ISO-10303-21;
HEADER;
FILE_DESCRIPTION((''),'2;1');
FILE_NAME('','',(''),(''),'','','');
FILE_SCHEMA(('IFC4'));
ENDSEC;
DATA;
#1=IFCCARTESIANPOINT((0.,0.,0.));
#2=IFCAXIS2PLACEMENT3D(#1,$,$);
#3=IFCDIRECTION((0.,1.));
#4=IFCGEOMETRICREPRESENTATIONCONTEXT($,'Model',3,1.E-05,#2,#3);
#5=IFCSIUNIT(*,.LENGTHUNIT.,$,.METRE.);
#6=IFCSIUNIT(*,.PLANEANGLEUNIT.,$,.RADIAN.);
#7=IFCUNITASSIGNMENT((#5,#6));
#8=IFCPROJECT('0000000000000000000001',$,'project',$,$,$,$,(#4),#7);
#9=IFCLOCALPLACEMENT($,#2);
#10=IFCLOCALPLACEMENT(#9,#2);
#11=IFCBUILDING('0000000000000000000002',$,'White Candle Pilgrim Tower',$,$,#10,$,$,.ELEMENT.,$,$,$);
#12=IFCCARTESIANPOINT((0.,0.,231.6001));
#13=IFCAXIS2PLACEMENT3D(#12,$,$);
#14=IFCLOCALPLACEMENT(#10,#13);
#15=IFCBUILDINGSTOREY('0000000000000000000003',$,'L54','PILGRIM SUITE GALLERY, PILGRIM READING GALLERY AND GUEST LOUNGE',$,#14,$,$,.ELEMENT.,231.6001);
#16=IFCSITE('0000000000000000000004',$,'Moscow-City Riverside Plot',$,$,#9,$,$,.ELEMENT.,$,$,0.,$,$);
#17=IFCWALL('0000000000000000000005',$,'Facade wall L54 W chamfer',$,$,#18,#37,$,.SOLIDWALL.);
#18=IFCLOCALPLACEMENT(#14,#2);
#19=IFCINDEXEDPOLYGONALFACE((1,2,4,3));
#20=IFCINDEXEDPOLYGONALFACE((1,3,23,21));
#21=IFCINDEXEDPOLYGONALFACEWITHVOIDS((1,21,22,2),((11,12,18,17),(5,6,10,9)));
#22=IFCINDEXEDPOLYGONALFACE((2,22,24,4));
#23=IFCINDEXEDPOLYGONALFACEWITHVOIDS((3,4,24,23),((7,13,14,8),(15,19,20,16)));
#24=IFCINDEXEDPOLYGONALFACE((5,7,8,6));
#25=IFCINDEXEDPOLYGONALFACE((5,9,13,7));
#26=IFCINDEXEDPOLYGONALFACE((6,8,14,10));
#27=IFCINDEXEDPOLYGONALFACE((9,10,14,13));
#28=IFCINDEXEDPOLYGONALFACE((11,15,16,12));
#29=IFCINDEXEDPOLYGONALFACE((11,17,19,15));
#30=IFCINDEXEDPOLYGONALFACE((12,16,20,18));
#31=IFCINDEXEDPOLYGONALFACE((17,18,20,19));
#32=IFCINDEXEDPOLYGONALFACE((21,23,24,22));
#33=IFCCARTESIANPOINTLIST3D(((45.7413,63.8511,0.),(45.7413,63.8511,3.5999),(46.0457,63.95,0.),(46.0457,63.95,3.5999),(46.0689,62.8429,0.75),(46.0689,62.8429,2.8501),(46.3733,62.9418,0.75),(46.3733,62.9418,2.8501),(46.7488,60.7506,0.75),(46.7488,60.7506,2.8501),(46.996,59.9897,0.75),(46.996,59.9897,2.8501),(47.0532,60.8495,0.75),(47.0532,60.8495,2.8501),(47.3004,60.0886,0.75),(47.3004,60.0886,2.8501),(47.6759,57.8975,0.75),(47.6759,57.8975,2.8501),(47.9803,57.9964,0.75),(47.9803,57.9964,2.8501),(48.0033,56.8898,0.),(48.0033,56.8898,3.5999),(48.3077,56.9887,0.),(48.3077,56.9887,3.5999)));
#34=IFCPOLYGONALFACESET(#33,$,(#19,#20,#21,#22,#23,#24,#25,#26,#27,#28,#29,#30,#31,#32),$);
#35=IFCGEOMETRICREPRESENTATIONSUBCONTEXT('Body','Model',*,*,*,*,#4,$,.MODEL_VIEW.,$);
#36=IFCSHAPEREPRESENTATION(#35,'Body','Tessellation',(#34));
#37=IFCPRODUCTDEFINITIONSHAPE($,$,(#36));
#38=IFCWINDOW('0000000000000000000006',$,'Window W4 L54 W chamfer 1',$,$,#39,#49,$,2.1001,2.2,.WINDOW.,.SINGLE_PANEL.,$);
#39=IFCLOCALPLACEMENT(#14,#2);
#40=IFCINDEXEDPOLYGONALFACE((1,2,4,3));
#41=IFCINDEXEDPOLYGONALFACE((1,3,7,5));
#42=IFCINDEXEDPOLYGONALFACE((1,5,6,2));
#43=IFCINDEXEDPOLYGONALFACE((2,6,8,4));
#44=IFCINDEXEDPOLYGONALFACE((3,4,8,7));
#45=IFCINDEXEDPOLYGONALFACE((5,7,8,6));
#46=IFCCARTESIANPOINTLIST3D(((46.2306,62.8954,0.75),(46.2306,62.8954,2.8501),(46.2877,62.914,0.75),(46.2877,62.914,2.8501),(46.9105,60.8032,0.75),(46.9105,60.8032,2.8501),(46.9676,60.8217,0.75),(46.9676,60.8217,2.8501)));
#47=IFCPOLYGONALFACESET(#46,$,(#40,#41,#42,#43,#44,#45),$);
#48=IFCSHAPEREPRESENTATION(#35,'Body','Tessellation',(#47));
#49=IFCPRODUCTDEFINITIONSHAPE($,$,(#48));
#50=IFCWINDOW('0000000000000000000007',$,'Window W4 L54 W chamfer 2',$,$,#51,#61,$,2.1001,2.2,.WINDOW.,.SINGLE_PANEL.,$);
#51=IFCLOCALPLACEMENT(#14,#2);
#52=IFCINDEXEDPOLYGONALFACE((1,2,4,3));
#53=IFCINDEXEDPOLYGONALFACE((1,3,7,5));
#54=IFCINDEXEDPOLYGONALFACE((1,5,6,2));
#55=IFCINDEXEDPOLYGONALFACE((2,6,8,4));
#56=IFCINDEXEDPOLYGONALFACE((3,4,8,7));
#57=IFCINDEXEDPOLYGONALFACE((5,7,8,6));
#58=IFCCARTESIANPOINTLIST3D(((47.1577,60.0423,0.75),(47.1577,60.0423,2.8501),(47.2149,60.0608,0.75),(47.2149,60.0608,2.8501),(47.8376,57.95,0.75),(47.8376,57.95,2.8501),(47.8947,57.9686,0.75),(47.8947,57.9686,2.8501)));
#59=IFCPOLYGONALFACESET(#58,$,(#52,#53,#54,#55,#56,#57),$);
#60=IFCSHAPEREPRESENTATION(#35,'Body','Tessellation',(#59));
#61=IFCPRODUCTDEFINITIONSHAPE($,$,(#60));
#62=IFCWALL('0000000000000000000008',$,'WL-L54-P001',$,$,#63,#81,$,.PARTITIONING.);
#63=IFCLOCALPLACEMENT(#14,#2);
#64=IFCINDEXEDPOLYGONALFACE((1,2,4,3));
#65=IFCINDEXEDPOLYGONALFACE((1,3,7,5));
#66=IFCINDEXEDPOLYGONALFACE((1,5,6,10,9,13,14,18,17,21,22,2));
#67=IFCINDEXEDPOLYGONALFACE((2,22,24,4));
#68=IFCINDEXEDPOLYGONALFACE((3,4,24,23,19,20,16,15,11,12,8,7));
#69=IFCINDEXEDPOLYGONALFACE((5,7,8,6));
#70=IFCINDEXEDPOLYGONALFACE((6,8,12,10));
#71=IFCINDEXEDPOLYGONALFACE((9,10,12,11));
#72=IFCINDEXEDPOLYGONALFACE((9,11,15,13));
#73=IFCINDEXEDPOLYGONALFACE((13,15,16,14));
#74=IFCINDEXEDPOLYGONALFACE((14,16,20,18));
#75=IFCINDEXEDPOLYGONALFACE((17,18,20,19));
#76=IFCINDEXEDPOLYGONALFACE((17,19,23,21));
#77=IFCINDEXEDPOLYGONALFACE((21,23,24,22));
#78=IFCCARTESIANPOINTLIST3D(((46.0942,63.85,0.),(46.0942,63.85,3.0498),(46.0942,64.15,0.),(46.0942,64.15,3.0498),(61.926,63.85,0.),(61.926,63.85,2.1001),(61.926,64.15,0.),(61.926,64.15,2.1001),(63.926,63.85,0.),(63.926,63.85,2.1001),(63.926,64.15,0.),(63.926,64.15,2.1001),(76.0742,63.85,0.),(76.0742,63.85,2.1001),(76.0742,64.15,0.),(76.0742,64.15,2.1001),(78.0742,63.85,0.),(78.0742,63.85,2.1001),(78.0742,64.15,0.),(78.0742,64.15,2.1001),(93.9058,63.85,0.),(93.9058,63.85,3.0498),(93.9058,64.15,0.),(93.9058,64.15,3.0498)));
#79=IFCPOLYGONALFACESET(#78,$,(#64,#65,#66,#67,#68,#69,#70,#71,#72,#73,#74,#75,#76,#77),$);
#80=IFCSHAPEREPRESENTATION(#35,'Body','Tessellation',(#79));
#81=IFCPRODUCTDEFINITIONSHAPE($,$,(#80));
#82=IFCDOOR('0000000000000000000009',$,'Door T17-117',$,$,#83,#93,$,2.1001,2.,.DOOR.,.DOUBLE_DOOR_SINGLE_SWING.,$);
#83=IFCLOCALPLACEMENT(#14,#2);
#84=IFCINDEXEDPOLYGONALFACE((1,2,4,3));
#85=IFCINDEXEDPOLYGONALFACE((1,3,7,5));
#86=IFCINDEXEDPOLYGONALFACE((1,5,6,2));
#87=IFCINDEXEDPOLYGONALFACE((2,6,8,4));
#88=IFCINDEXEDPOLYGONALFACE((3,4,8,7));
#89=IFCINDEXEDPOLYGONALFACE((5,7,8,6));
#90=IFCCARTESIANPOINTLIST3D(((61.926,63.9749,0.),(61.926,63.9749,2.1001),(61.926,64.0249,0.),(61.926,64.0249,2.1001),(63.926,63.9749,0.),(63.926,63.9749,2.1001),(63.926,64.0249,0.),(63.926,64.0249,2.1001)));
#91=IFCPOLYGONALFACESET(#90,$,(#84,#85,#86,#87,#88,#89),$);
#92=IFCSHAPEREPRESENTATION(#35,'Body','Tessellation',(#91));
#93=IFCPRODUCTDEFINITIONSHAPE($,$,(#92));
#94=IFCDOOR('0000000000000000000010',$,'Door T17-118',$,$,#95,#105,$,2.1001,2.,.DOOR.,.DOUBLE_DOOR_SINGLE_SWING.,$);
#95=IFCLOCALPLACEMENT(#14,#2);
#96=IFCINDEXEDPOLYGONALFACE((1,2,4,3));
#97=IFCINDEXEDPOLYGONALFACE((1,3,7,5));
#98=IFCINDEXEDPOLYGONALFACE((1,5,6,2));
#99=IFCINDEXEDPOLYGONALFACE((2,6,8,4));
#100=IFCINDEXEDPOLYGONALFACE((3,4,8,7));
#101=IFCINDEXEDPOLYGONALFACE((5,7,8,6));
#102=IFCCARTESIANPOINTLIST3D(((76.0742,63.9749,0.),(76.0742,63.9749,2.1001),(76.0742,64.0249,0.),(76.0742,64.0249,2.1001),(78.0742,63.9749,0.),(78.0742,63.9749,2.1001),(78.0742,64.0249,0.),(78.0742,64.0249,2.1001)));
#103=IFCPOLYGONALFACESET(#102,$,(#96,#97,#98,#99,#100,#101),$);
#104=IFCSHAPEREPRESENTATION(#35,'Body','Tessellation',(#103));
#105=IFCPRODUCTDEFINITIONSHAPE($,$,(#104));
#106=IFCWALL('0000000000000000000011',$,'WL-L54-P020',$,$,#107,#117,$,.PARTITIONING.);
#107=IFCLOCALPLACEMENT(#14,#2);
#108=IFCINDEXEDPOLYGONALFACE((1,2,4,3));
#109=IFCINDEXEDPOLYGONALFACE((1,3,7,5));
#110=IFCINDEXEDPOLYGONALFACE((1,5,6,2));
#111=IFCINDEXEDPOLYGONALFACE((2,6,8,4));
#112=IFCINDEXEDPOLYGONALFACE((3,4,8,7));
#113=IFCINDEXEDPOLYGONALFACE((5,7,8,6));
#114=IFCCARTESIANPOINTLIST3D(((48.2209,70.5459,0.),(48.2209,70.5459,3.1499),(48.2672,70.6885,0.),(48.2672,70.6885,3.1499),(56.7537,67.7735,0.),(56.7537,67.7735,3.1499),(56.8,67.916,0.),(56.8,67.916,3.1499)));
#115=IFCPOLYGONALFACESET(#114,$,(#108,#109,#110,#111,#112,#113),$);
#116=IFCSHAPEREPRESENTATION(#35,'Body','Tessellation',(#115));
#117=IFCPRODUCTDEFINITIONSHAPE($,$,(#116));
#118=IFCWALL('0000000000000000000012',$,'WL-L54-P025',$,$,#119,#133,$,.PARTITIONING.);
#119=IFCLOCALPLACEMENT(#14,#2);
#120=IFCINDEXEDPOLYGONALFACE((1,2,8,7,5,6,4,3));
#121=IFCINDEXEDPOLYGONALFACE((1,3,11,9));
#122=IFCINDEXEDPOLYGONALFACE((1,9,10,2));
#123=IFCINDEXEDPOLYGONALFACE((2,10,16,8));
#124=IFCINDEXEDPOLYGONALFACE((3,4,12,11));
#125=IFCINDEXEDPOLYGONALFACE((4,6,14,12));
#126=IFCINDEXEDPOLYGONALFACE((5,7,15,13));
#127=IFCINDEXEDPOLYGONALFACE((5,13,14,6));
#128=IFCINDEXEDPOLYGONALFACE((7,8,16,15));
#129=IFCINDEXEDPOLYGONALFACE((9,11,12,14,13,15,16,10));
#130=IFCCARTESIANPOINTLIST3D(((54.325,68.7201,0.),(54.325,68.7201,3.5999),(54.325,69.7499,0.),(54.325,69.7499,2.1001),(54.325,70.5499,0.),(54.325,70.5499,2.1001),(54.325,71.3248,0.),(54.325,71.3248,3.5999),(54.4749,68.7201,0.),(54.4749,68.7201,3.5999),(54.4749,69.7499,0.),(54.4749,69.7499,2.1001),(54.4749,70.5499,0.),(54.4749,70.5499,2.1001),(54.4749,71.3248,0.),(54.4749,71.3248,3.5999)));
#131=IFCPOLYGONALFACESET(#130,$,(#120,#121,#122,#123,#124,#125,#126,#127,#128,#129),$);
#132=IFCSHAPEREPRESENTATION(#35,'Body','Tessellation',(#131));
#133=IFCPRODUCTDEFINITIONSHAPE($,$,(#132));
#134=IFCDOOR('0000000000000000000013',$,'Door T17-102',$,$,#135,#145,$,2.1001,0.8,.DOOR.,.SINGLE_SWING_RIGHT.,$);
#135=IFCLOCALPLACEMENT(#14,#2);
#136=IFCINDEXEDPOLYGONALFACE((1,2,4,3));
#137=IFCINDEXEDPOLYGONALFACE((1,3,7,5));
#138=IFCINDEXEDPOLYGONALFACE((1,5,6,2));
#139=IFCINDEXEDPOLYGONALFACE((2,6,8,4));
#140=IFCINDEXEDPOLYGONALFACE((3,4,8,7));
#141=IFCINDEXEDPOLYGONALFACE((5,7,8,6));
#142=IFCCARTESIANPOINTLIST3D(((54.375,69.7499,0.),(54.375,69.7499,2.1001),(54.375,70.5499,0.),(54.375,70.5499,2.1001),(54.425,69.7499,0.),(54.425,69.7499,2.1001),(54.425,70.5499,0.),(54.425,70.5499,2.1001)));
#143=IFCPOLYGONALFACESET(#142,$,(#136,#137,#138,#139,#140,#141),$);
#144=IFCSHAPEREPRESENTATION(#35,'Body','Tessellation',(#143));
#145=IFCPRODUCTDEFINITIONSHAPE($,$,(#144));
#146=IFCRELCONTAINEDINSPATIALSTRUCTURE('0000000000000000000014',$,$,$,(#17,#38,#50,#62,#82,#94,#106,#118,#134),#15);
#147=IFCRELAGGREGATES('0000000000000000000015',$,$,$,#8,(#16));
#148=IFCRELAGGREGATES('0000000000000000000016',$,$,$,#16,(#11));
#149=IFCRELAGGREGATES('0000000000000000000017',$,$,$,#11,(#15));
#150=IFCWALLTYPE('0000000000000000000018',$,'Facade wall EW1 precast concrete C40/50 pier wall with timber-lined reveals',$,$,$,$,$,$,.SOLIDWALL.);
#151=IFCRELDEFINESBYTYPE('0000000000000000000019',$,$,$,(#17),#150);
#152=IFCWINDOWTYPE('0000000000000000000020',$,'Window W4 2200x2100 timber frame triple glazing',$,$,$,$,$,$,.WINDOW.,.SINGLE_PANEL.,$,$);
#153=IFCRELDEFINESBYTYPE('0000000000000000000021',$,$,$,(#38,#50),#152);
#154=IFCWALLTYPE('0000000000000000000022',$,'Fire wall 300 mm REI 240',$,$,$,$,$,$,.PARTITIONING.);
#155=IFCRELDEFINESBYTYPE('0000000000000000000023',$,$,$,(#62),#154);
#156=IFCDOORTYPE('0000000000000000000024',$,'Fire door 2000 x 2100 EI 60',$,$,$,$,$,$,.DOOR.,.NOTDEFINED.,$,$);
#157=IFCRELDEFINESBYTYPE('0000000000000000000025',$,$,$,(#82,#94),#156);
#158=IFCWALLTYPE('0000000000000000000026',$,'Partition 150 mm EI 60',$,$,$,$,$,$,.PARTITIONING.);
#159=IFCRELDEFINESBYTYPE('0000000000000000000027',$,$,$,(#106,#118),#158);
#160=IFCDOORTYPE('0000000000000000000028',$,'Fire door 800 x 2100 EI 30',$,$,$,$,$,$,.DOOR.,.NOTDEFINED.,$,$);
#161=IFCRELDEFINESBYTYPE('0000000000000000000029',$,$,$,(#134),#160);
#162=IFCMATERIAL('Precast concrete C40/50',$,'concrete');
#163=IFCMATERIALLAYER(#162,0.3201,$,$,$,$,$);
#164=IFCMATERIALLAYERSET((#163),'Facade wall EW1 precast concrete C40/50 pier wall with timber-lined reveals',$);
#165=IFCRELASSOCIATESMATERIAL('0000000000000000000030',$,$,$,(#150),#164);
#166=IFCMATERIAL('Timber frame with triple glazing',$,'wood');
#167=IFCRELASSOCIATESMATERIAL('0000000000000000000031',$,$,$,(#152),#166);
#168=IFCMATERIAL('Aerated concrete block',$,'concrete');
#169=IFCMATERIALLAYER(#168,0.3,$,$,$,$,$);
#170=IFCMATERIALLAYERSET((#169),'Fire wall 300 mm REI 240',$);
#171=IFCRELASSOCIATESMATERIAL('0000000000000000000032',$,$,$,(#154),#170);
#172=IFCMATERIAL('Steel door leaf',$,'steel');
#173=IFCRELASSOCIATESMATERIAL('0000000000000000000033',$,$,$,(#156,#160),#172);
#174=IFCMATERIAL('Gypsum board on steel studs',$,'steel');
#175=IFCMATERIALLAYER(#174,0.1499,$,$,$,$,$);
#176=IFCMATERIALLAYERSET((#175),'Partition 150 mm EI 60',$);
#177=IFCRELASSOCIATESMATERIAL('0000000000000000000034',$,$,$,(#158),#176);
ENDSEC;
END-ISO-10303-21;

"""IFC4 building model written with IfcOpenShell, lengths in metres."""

from ifc_helpers import new_model, si_unit, direction, frame, frame_2d, origin, place, context, subcontext, project, spatial, rectangle, extrude, material, layer, layer_set, type_object, element, fill, save


model = new_model("IFC4")

# Units and contexts
model_context = context("Model", 3, precision=1e-05, world=origin(), true_north=direction((0.0, 1.0)))
body_context = subcontext(model_context, "Body", "Model", "MODEL_VIEW")
ifc_project = project(units=[si_unit("LENGTHUNIT", "METRE"), si_unit("PLANEANGLEUNIT", "RADIAN")], contexts=[model_context])

# Site, building, storey
site_placement = place(None, origin())
site = spatial("IfcSite", under=ifc_project, at=site_placement, Name="Moscow-City Riverside Plot", CompositionType="ELEMENT", RefElevation=0.0)
building_placement = place(site_placement, origin())
building = spatial("IfcBuilding", under=site, at=building_placement, Name="White Candle Pilgrim Tower", CompositionType="ELEMENT")
storey_placement = place(building_placement, frame((0.0, 0.0, 231.6001)))
storey = spatial("IfcBuildingStorey", under=building, at=storey_placement, Name="L54", Description="PILGRIM SUITE GALLERY, PILGRIM READING GALLERY AND GUEST LOUNGE", CompositionType="ELEMENT", Elevation=231.6001)

# Shared definitions
ifc_material_1 = material(Name="Gypsum board on steel studs", Category="steel")
ifc_material_2 = material(Name="Steel door leaf", Category="steel")

# Wall, openings, windows
ifc_material_3 = material(Name="Precast concrete C40/50", Category="concrete")
ifc_layer_1 = layer(ifc_material_3, 0.3201)
ifc_layer_set_1 = layer_set([ifc_layer_1], Name="Facade wall EW1 precast concrete C40/50 pier wall with timber-lined reveals")
wall_type_1 = type_object("IfcWallType", Name="Facade wall EW1 precast concrete C40/50 pier wall with timber-lined reveals", PredefinedType="SOLIDWALL", material=ifc_layer_set_1)
wall_1_placement = place(storey_placement, frame((45.8936, 63.9004, 0.0), z_axis=(0.0, 0.0, 1.0), x_axis=(0.309034, -0.951051, 0.0)))
wall_1 = element("IfcWall", 1, at=wall_1_placement, inside=storey, type_object=wall_type_1, Name="Facade wall L54 W chamfer", PredefinedType="SOLIDWALL", context=body_context, shape_type="SweptSolid", body=[
    extrude(rectangle(XDim=7.3196, YDim=0.3201, at=frame_2d((3.6597, 0.0))), origin(), (0.0, 0.0, 1.0), 3.5999),
])
opening_1_placement = place(wall_1_placement, frame((1.0598, 0.0, 0.75)))
opening_1 = element("IfcOpeningElement", 2, at=opening_1_placement, cuts=wall_1, PredefinedType="OPENING", context=body_context, shape_type="SweptSolid", body=[
    extrude(rectangle(XDim=2.2, YDim=2.1001, at=frame_2d((1.1001, 1.05))), frame((0.0, 0.1699, 0.0), z_axis=(0.0, -1.0, 0.0), x_axis=(1.0, 0.0, 0.0)), (0.0, 0.0, 1.0), 0.3401),
])
opening_2_placement = place(wall_1_placement, frame((4.0598, 0.0, 0.75)))
opening_2 = element("IfcOpeningElement", 3, at=opening_2_placement, cuts=wall_1, PredefinedType="OPENING", context=body_context, shape_type="SweptSolid", body=[
    extrude(rectangle(XDim=2.2, YDim=2.1001, at=frame_2d((1.1001, 1.05))), frame((0.0, 0.1699, 0.0), z_axis=(0.0, -1.0, 0.0), x_axis=(1.0, 0.0, 0.0)), (0.0, 0.0, 1.0), 0.3401),
])
ifc_material_4 = material(Name="Timber frame with triple glazing", Category="wood")
window_type = type_object("IfcWindowType", Name="Window W4 2200x2100 timber frame triple glazing", PartitioningType="SINGLE_PANEL", PredefinedType="WINDOW", material=ifc_material_4)
window_1_placement = place(opening_1_placement, origin())
window_1 = element("IfcWindow", 4, at=window_1_placement, inside=storey, type_object=window_type, Name="Window W4 L54 W chamfer 1", OverallHeight=2.1001, OverallWidth=2.2, PartitioningType="SINGLE_PANEL", PredefinedType="WINDOW", context=body_context, shape_type="SweptSolid", body=[
    extrude(rectangle(XDim=2.2, YDim=2.1001, at=frame_2d((1.1001, 1.05))), frame((0.0, 0.0701, 0.0), z_axis=(0.0, -1.0, 0.0), x_axis=(1.0, 0.0, 0.0)), (0.0, 0.0, 1.0), 0.0601),
])
fill(opening_1, window_1)
window_2_placement = place(opening_2_placement, origin())
window_2 = element("IfcWindow", 5, at=window_2_placement, inside=storey, type_object=window_type, Name="Window W4 L54 W chamfer 2", OverallHeight=2.1001, OverallWidth=2.2, PartitioningType="SINGLE_PANEL", PredefinedType="WINDOW", context=body_context, shape_type="SweptSolid", body=[
    extrude(rectangle(XDim=2.2, YDim=2.1001, at=frame_2d((1.1001, 1.05))), frame((0.0, 0.0701, 0.0), z_axis=(0.0, -1.0, 0.0), x_axis=(1.0, 0.0, 0.0)), (0.0, 0.0, 1.0), 0.0601),
])
fill(opening_2, window_2)

# Wall, openings, doors
ifc_material_5 = material(Name="Aerated concrete block", Category="concrete")
ifc_layer_2 = layer(ifc_material_5, 0.3)
ifc_layer_set_2 = layer_set([ifc_layer_2], Name="Fire wall 300 mm REI 240")
wall_type_2 = type_object("IfcWallType", Name="Fire wall 300 mm REI 240", PredefinedType="PARTITIONING", material=ifc_layer_set_2)
wall_2_placement = place(storey_placement, frame((46.0942, 64.0, 0.0), z_axis=(0.0, 0.0, 1.0), x_axis=(1.0, 0.0, 0.0)))
wall_2 = element("IfcWall", 6, at=wall_2_placement, inside=storey, type_object=wall_type_2, Name="WL-L54-P001", PredefinedType="PARTITIONING", context=body_context, shape_type="SweptSolid", body=[
    extrude(rectangle(XDim=47.8115, YDim=0.3, at=frame_2d((23.9058, 0.0))), origin(), (0.0, 0.0, 1.0), 3.0498),
])
opening_3_placement = place(wall_2_placement, frame((15.8318, 0.0, 0.0)))
opening_3 = element("IfcOpeningElement", 7, at=opening_3_placement, cuts=wall_2, PredefinedType="OPENING", context=body_context, shape_type="SweptSolid", body=[
    extrude(rectangle(XDim=2.0, YDim=2.1001, at=frame_2d((1.0, 1.05))), frame((0.0, 0.1599, 0.0), z_axis=(0.0, -1.0, 0.0), x_axis=(1.0, 0.0, 0.0)), (0.0, 0.0, 1.0), 0.3201),
])
opening_4_placement = place(wall_2_placement, frame((29.98, 0.0, 0.0)))
opening_4 = element("IfcOpeningElement", 8, at=opening_4_placement, cuts=wall_2, PredefinedType="OPENING", context=body_context, shape_type="SweptSolid", body=[
    extrude(rectangle(XDim=2.0, YDim=2.1001, at=frame_2d((1.0, 1.05))), frame((0.0, 0.1599, 0.0), z_axis=(0.0, -1.0, 0.0), x_axis=(1.0, 0.0, 0.0)), (0.0, 0.0, 1.0), 0.3201),
])
door_type_1 = type_object("IfcDoorType", Name="Fire door 2000 x 2100 EI 60", OperationType="NOTDEFINED", PredefinedType="DOOR", material=ifc_material_2)
door_1_placement = place(opening_3_placement, origin())
door_1 = element("IfcDoor", 9, at=door_1_placement, inside=storey, type_object=door_type_1, Name="Door T17-117", OperationType="DOUBLE_DOOR_SINGLE_SWING", OverallHeight=2.1001, OverallWidth=2.0, PredefinedType="DOOR", context=body_context, shape_type="SweptSolid", body=[
    extrude(rectangle(XDim=2.0, YDim=2.1001, at=frame_2d((1.0, 1.05))), frame((0.0, 0.0249, 0.0), z_axis=(0.0, -1.0, 0.0), x_axis=(1.0, 0.0, 0.0)), (0.0, 0.0, 1.0), 0.05),
])
fill(opening_3, door_1)
door_2_placement = place(opening_4_placement, origin())
door_2 = element("IfcDoor", 10, at=door_2_placement, inside=storey, type_object=door_type_1, Name="Door T17-118", OperationType="DOUBLE_DOOR_SINGLE_SWING", OverallHeight=2.1001, OverallWidth=2.0, PredefinedType="DOOR", context=body_context, shape_type="SweptSolid", body=[
    extrude(rectangle(XDim=2.0, YDim=2.1001, at=frame_2d((1.0, 1.05))), frame((0.0, 0.0249, 0.0), z_axis=(0.0, -1.0, 0.0), x_axis=(1.0, 0.0, 0.0)), (0.0, 0.0, 1.0), 0.05),
])
fill(opening_4, door_2)

# Wall
ifc_layer_3 = layer(ifc_material_1, 0.1499)
ifc_layer_set_3 = layer_set([ifc_layer_3], Name="Partition 150 mm EI 60")
wall_type_3 = type_object("IfcWallType", Name="Partition 150 mm EI 60", PredefinedType="PARTITIONING", material=ifc_layer_set_3)
wall_3_placement = place(storey_placement, frame((48.2441, 70.6172, 0.0), z_axis=(0.0, 0.0, 1.0), x_axis=(0.951056, -0.309018, 0.0)))
element("IfcWall", 11, at=wall_3_placement, inside=storey, type_object=wall_type_3, Name="WL-L54-P020", PredefinedType="PARTITIONING", context=body_context, shape_type="SweptSolid", body=[
    extrude(rectangle(XDim=8.9719, YDim=0.1499, at=frame_2d((4.4858, 0.0))), origin(), (0.0, 0.0, 1.0), 3.1499),
])

# Wall, opening, door
wall_4_placement = place(storey_placement, frame((54.3999, 68.7202, 0.0), z_axis=(0.0, 0.0, 1.0), x_axis=(0.0, 1.0, 0.0)))
wall_4 = element("IfcWall", 12, at=wall_4_placement, inside=storey, type_object=wall_type_3, Name="WL-L54-P025", PredefinedType="PARTITIONING", context=body_context, shape_type="SweptSolid", body=[
    extrude(rectangle(XDim=2.6047, YDim=0.1499, at=frame_2d((1.3022, 0.0))), origin(), (0.0, 0.0, 1.0), 3.5999),
])
opening_5_placement = place(wall_4_placement, frame((1.0298, 0.0, 0.0)))
opening_5 = element("IfcOpeningElement", 13, at=opening_5_placement, cuts=wall_4, PredefinedType="OPENING", context=body_context, shape_type="SweptSolid", body=[
    extrude(rectangle(XDim=0.8, YDim=2.1001, at=frame_2d((0.3999, 1.05))), frame((0.0, 0.085, 0.0), z_axis=(0.0, -1.0, 0.0), x_axis=(1.0, 0.0, 0.0)), (0.0, 0.0, 1.0), 0.1699),
])
door_type_2 = type_object("IfcDoorType", Name="Fire door 800 x 2100 EI 30", OperationType="NOTDEFINED", PredefinedType="DOOR", material=ifc_material_2)
door_3_placement = place(opening_5_placement, origin())
door_3 = element("IfcDoor", 14, at=door_3_placement, inside=storey, type_object=door_type_2, Name="Door T17-102", OperationType="SINGLE_SWING_RIGHT", OverallHeight=2.1001, OverallWidth=0.8, PredefinedType="DOOR", context=body_context, shape_type="SweptSolid", body=[
    extrude(rectangle(XDim=0.8, YDim=2.1001, at=frame_2d((0.3999, 1.05))), frame((0.0, 0.0249, 0.0), z_axis=(0.0, -1.0, 0.0), x_axis=(1.0, 0.0, 0.0)), (0.0, 0.0, 1.0), 0.05),
])
fill(opening_5, door_3)

save(model, "model.ifc")
